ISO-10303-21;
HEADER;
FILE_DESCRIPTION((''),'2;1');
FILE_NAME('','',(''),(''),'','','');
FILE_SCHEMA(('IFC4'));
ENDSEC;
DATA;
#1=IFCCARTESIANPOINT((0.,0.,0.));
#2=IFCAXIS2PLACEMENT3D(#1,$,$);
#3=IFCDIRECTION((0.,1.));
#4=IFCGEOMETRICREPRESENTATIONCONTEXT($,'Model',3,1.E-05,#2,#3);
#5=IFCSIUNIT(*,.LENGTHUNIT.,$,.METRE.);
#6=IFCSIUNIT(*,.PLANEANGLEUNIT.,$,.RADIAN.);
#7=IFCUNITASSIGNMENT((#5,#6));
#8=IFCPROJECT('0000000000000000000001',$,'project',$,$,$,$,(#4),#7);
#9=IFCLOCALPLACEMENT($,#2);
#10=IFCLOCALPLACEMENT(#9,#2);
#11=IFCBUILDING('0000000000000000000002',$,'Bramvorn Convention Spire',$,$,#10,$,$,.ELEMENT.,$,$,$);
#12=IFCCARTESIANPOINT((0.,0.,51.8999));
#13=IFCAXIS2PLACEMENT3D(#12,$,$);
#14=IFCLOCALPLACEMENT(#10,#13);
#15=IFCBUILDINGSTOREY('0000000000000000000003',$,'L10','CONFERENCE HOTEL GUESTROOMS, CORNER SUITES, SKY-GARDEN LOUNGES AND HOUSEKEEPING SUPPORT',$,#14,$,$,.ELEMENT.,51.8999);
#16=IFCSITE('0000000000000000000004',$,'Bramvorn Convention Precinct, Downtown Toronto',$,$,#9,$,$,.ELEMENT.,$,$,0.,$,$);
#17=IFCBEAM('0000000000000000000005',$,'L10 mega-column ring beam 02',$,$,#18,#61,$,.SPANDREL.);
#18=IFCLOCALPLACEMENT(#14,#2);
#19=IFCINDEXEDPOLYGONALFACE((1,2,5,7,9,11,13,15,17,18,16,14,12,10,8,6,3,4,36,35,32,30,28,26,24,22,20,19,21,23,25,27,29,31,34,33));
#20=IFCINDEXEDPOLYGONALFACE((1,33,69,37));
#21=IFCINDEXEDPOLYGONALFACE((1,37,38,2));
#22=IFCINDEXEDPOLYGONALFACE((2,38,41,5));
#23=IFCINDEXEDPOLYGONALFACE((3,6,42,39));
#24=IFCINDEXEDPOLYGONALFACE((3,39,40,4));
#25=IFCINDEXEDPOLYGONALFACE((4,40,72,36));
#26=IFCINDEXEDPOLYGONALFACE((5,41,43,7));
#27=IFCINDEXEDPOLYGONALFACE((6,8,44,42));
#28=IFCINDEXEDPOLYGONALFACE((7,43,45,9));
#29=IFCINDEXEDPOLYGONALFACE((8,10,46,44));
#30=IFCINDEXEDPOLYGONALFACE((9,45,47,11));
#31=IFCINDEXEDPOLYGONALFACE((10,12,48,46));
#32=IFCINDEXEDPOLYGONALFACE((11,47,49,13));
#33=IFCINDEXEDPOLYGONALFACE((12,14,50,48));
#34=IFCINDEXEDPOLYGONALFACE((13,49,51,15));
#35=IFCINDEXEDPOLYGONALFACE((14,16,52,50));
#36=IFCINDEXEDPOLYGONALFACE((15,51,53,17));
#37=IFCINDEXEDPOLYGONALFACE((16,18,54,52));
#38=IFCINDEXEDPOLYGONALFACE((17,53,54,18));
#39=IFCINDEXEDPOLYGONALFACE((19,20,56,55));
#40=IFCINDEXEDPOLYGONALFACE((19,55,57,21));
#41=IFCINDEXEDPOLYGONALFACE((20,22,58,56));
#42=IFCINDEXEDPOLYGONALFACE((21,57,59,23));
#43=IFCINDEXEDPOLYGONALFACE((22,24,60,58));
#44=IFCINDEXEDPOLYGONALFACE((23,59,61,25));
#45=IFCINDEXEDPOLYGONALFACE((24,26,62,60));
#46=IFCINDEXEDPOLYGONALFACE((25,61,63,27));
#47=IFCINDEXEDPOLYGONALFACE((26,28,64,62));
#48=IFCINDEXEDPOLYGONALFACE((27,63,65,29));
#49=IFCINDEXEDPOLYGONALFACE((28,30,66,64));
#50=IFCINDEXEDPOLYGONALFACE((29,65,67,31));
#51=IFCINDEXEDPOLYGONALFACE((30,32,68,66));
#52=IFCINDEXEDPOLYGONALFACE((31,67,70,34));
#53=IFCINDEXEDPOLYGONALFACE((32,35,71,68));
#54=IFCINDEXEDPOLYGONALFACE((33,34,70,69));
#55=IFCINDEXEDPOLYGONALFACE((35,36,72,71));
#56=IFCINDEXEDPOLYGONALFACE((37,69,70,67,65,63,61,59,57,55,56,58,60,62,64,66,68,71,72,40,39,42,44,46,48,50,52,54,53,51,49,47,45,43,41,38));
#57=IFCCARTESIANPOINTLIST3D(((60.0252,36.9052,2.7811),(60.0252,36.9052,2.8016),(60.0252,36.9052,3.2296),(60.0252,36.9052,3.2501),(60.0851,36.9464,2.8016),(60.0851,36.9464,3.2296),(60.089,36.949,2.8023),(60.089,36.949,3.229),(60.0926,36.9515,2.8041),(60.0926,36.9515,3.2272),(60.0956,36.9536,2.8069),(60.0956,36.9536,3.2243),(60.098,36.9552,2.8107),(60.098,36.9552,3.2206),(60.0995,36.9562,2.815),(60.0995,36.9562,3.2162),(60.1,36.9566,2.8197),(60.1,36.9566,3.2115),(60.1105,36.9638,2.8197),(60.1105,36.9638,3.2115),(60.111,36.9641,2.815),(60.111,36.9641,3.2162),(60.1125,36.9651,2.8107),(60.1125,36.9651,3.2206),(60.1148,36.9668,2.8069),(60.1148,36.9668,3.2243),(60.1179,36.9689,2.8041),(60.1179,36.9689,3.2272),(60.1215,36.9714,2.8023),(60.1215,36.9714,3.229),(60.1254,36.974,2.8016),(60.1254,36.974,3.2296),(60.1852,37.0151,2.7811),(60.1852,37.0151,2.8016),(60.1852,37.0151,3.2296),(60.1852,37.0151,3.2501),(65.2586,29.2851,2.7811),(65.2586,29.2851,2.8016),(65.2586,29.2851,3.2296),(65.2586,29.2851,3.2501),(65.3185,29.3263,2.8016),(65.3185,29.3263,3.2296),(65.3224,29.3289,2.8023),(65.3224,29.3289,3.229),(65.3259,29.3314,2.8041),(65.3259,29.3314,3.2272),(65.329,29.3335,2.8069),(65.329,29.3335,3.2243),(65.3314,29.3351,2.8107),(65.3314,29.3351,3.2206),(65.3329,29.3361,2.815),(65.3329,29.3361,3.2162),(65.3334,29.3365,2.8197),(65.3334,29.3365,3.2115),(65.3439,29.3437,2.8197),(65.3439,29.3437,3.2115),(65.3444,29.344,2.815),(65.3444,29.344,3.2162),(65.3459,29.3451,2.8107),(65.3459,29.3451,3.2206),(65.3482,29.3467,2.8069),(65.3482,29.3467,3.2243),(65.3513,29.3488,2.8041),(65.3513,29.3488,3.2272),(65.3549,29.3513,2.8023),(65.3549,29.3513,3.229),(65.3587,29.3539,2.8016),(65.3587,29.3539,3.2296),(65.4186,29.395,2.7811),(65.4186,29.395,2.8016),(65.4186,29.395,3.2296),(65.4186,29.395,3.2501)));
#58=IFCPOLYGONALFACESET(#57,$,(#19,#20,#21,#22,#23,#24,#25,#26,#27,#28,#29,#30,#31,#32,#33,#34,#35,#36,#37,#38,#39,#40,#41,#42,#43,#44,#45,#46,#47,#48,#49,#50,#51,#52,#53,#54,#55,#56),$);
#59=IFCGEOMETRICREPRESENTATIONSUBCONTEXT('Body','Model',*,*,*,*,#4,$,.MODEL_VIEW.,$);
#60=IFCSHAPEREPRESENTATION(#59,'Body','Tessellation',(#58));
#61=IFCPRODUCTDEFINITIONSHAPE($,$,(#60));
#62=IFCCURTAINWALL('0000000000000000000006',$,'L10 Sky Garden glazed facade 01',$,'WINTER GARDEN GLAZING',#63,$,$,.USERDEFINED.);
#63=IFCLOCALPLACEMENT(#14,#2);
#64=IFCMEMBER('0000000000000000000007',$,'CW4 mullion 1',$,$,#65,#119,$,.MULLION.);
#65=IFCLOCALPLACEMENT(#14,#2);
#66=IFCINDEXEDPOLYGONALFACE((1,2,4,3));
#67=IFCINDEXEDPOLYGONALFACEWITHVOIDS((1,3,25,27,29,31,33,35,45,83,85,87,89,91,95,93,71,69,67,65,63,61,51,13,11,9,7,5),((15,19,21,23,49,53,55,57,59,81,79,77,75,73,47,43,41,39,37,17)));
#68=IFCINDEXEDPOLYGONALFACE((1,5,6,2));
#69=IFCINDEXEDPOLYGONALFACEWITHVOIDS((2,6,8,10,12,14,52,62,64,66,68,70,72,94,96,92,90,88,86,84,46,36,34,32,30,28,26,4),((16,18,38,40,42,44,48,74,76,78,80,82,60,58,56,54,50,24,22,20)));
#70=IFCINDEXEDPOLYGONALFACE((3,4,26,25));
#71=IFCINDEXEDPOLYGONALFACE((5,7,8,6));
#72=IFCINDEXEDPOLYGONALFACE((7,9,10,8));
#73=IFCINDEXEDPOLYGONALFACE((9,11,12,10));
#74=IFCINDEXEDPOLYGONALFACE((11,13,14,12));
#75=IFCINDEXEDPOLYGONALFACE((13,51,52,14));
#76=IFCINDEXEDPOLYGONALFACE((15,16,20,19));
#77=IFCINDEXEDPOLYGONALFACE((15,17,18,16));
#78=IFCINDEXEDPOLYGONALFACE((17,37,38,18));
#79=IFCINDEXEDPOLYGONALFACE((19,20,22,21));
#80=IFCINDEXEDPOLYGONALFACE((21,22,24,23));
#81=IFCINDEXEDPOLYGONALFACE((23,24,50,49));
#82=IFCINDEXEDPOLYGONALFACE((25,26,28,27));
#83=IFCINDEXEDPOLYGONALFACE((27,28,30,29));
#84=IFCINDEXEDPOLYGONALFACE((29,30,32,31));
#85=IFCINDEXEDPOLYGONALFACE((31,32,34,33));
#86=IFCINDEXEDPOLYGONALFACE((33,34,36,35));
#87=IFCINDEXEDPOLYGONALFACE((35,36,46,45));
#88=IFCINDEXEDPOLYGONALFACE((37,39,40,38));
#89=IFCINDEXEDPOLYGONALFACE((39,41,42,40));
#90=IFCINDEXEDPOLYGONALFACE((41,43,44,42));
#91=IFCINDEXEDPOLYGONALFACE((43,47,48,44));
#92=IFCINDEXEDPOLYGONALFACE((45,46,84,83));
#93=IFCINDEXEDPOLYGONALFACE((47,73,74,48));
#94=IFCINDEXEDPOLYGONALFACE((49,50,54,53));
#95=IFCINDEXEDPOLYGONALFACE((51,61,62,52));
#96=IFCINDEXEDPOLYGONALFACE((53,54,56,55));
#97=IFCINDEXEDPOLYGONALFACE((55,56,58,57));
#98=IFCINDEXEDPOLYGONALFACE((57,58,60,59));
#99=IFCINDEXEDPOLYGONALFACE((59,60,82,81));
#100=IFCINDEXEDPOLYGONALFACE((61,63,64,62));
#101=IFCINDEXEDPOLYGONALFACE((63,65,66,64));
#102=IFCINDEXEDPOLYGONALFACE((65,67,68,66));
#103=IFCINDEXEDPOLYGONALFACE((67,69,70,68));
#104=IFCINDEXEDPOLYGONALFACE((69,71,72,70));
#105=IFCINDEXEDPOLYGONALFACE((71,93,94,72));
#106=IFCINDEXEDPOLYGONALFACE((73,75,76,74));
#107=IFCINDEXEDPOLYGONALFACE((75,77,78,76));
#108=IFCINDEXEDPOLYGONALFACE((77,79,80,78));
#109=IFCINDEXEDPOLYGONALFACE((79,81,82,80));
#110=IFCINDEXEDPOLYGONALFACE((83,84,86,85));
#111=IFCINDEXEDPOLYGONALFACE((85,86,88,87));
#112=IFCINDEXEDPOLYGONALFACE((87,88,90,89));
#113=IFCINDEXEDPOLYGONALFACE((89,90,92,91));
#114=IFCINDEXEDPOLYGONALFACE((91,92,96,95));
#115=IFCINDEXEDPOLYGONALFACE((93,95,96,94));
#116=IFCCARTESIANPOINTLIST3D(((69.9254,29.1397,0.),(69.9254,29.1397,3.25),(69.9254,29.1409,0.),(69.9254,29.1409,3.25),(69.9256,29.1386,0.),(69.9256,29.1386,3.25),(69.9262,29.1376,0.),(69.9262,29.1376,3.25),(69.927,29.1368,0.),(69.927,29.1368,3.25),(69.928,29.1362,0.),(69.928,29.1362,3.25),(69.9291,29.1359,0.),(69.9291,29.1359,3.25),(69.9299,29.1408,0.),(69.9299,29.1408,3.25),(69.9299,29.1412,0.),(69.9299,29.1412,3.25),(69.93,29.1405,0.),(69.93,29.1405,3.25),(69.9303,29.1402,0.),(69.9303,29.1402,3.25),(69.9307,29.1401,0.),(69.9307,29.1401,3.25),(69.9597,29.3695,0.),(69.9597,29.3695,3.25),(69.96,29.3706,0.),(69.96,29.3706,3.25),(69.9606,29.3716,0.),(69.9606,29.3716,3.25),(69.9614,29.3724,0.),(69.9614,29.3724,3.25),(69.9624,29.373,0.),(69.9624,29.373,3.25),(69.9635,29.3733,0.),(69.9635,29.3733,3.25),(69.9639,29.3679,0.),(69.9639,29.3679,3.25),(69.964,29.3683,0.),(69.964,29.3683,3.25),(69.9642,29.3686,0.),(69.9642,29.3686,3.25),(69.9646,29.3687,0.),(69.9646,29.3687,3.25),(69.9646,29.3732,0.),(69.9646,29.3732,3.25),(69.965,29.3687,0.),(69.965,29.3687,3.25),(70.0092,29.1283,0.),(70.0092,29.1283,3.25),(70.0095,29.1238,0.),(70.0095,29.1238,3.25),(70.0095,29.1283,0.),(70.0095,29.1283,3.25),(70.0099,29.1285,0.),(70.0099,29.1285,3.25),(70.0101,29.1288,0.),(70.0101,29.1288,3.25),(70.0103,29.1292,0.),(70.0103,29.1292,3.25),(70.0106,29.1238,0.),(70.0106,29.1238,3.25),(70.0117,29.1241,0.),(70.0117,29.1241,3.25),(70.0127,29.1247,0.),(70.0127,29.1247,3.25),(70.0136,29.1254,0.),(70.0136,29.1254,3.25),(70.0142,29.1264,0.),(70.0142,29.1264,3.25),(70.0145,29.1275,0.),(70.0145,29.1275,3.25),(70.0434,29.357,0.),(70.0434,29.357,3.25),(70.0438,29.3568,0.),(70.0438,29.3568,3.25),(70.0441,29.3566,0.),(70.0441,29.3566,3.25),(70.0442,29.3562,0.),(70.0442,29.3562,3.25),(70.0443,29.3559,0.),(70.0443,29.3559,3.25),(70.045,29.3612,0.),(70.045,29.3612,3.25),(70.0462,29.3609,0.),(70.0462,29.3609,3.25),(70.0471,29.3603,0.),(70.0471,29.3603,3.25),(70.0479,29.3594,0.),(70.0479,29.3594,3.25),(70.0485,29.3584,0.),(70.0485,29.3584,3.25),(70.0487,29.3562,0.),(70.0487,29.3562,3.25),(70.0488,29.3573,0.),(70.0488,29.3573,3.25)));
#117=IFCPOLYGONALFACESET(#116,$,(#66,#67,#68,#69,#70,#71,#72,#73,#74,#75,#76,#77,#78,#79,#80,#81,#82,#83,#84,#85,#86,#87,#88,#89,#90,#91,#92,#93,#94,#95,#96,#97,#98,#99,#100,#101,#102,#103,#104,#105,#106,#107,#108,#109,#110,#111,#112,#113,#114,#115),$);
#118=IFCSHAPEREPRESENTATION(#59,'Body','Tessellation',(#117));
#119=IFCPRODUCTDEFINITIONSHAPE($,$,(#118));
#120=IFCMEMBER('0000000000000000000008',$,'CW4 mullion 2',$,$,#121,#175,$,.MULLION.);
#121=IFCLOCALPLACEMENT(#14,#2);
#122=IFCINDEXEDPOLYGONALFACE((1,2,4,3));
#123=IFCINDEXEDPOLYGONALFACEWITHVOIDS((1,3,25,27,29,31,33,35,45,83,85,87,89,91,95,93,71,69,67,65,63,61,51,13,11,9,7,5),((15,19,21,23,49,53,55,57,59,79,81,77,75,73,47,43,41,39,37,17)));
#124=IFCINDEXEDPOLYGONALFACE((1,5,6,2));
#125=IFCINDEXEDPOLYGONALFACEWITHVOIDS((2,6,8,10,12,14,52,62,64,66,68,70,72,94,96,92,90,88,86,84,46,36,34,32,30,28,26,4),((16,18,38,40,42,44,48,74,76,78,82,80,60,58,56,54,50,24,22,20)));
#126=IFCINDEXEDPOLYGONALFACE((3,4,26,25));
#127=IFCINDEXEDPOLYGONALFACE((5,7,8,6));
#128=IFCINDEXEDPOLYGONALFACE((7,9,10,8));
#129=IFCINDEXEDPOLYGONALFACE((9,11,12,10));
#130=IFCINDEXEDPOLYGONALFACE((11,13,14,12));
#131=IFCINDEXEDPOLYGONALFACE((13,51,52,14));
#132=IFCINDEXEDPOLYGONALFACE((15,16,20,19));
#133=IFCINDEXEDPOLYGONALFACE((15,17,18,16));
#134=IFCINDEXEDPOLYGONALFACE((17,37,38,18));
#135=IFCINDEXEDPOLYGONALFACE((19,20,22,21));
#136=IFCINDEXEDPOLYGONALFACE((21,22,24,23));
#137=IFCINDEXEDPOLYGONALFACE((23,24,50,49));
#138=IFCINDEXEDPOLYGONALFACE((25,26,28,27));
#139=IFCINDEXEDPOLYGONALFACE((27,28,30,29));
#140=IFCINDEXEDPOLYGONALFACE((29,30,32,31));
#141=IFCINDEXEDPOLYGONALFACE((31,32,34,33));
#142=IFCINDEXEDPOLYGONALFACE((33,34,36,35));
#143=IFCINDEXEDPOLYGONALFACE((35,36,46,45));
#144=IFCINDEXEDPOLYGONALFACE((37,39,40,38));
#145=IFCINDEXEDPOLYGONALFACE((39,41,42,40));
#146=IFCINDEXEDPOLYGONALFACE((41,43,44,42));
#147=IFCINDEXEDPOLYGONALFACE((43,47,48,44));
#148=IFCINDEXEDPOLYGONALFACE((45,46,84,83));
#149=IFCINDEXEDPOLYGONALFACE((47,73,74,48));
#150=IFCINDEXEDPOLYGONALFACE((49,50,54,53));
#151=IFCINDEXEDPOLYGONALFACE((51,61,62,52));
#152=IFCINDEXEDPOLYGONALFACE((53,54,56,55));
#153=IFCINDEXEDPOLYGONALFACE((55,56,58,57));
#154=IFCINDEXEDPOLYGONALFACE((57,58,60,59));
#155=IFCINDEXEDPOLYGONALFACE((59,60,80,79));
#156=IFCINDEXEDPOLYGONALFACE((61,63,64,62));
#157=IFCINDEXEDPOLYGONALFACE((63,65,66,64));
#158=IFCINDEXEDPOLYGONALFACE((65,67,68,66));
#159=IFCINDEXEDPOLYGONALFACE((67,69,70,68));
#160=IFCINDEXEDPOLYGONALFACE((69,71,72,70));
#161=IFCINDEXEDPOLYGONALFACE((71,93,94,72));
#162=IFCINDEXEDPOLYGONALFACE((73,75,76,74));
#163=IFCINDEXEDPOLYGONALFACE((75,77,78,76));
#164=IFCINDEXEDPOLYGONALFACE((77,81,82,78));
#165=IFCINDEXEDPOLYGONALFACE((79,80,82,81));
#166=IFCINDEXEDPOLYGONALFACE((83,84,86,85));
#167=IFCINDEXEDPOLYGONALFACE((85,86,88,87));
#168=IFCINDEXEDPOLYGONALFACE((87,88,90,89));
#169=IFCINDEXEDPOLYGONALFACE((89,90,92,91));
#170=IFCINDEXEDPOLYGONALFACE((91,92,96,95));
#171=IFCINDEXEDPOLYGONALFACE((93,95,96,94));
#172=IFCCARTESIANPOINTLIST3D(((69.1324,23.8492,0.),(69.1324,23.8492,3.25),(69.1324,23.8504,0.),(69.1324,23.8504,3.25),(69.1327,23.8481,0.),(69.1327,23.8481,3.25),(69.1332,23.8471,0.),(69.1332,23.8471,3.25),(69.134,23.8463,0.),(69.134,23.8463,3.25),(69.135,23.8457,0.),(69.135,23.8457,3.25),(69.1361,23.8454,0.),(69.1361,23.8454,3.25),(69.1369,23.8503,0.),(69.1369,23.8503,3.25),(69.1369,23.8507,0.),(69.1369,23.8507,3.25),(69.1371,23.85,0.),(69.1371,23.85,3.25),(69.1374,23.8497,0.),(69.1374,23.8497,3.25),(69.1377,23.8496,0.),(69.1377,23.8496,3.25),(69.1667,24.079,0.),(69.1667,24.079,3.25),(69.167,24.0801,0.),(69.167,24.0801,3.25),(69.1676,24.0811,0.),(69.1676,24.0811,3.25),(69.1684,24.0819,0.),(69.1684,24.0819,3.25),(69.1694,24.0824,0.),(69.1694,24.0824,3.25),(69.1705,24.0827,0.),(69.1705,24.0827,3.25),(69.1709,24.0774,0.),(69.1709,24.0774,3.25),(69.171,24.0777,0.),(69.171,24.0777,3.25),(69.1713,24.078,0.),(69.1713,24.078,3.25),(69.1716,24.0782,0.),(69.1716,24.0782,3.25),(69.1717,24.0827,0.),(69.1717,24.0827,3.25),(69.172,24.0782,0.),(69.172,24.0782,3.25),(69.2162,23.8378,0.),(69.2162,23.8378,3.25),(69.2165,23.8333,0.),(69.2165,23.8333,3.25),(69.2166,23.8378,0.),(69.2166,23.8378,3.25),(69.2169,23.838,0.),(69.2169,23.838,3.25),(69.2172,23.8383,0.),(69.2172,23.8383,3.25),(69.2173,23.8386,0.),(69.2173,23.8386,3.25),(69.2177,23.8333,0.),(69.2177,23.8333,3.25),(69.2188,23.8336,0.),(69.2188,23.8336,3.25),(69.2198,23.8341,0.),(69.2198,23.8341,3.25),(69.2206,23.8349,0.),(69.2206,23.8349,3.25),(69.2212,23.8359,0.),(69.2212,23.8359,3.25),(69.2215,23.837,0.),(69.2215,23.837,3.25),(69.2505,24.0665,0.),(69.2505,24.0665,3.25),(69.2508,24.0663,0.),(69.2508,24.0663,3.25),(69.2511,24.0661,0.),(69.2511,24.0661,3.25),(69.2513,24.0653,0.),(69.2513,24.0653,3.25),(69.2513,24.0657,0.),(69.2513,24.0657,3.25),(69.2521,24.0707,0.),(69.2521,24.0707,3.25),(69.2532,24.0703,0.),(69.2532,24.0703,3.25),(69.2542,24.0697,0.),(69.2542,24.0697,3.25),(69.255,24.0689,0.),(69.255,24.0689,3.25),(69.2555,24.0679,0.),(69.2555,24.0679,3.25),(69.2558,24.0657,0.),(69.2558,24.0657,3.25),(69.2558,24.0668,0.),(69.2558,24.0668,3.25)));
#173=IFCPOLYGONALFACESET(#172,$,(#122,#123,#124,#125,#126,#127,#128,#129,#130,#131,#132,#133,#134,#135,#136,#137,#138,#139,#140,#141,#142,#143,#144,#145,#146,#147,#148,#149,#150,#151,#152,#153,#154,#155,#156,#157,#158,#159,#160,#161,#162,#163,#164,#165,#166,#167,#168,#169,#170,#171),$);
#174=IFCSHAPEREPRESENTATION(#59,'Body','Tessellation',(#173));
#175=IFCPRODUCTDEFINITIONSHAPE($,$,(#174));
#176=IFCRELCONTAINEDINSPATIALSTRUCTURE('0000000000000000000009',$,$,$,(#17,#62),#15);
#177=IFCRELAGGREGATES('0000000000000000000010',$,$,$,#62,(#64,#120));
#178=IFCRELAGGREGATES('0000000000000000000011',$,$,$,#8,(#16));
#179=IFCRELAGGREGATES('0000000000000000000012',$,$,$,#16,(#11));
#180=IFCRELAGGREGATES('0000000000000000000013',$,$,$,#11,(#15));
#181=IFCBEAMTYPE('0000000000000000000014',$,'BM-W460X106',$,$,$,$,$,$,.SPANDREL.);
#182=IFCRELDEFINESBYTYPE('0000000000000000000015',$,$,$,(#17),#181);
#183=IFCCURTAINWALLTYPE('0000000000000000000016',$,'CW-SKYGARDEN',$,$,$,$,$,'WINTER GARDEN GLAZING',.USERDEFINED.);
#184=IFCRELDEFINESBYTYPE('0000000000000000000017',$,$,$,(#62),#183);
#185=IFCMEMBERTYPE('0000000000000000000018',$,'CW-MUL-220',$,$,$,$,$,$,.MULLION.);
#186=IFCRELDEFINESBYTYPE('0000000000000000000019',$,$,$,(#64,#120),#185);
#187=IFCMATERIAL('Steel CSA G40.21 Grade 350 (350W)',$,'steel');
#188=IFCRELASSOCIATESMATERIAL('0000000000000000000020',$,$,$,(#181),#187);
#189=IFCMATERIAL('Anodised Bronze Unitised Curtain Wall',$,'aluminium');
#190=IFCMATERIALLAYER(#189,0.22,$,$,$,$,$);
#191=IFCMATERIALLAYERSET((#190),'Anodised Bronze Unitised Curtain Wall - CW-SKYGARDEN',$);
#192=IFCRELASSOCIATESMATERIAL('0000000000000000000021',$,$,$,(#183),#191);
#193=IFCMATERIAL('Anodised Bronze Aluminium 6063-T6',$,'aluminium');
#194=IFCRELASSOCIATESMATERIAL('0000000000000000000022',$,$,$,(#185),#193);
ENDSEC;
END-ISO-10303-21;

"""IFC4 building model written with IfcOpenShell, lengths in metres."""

from ifc_helpers import new_model, si_unit, direction, frame, origin, origin_2d, place, context, subcontext, project, spatial, hollow_rectangle, i_section, extrude, material, layer, layer_set, material_profile, profile_set, type_object, element, aggregate, save


model = new_model("IFC4")

# Units and contexts
model_context = context("Model", 3, precision=1e-05, world=origin(), true_north=direction((0.0, 1.0)))
body_context = subcontext(model_context, "Body", "Model", "MODEL_VIEW")
ifc_project = project(units=[si_unit("LENGTHUNIT", "METRE"), si_unit("PLANEANGLEUNIT", "RADIAN")], contexts=[model_context])

# Site, building, storey
site_placement = place(None, origin())
site = spatial("IfcSite", under=ifc_project, at=site_placement, Name="Bramvorn Convention Precinct, Downtown Toronto", CompositionType="ELEMENT", RefElevation=0.0)
building_placement = place(site_placement, origin())
building = spatial("IfcBuilding", under=site, at=building_placement, Name="Bramvorn Convention Spire", CompositionType="ELEMENT")
storey_placement = place(building_placement, frame((0.0, 0.0, 51.8999)))
storey = spatial("IfcBuildingStorey", under=building, at=storey_placement, Name="L10", Description="CONFERENCE HOTEL GUESTROOMS, CORNER SUITES, SKY-GARDEN LOUNGES AND HOUSEKEEPING SUPPORT", CompositionType="ELEMENT", Elevation=51.8999)

# Shared definitions
ifc_material_1 = material(Name="Steel CSA G40.21 Grade 350 (350W)", Category="steel")

# Beam
ifc_material_profile_1 = material_profile(ifc_material_1, i_section(OverallWidth=0.1941, OverallDepth=0.469, WebThickness=0.0127, FlangeThickness=0.0205, FilletRadius=0.0181, at=origin_2d()))
ifc_profile_set_1 = profile_set([ifc_material_profile_1], Name="Steel CSA G40.21 Grade 350 (350W) - W460X106")
beam_type_1 = type_object("IfcBeamType", Name="BM-W460X106", PredefinedType="SPANDREL", material=ifc_profile_set_1)
beam_1_placement = place(storey_placement, frame((65.3386, 29.3401, 3.0156), z_axis=(-0.56613, 0.824316, 0.0), x_axis=(-0.824316, -0.56613, 0.0)))
element("IfcBeam", 1, at=beam_1_placement, inside=storey, type_object=beam_type_1, Name="L10 mega-column ring beam 02", PredefinedType="SPANDREL", context=body_context, shape_type="SweptSolid", body=[
    extrude(i_section(OverallWidth=0.1941, OverallDepth=0.469, WebThickness=0.0127, FlangeThickness=0.0205, FilletRadius=0.0181, at=origin_2d()), origin(), (0.0, 0.0, 1.0), 9.2441),
])

# Curtain wall, members
ifc_material_2 = material(Name="Anodised Bronze Unitised Curtain Wall", Category="aluminium")
ifc_layer_1 = layer(ifc_material_2, 0.22)
ifc_layer_set_1 = layer_set([ifc_layer_1], Name="Anodised Bronze Unitised Curtain Wall - CW-SKYGARDEN")
curtain_wall_type = type_object("IfcCurtainWallType", Name="CW-SKYGARDEN", ElementType="WINTER GARDEN GLAZING", PredefinedType="USERDEFINED", material=ifc_layer_set_1)
curtain_wall_1_placement = place(storey_placement, origin())
curtain_wall_1 = element("IfcCurtainWall", 2, at=curtain_wall_1_placement, inside=storey, type_object=curtain_wall_type, Name="L10 Sky Garden glazed facade 01", ObjectType="WINTER GARDEN GLAZING", PredefinedType="USERDEFINED")
ifc_material_3 = material(Name="Anodised Bronze Aluminium 6063-T6", Category="aluminium")
ifc_material_profile_2 = material_profile(ifc_material_3, hollow_rectangle(XDim=0.0901, YDim=0.24, WallThickness=0.0044, InnerFilletRadius=0.001, OuterFilletRadius=0.0044, at=origin_2d()))
ifc_profile_set_2 = profile_set([ifc_material_profile_2], Name="Anodised Bronze Aluminium 6063-T6 - CWM90X240")
member_type_1 = type_object("IfcMemberType", Name="CW-MUL-220", PredefinedType="MULLION", material=ifc_profile_set_2)
member_1_placement = place(storey_placement, frame((69.9871, 29.2485, 0.0), z_axis=(0.0, 0.0, 1.0), x_axis=(0.988951, -0.14824, 0.0)))
member_1 = element("IfcMember", 3, at=member_1_placement, type_object=member_type_1, Name="CW4 mullion 1", PredefinedType="MULLION", context=body_context, shape_type="SweptSolid", body=[
    extrude(hollow_rectangle(XDim=0.0901, YDim=0.24, WallThickness=0.0044, InnerFilletRadius=0.001, OuterFilletRadius=0.0044, at=origin_2d()), origin(), (0.0, 0.0, 1.0), 3.25),
])
member_2_placement = place(storey_placement, frame((69.1941, 23.958, 0.0), z_axis=(0.0, 0.0, 1.0), x_axis=(0.988951, -0.14824, 0.0)))
member_2 = element("IfcMember", 4, at=member_2_placement, type_object=member_type_1, Name="CW4 mullion 2", PredefinedType="MULLION", context=body_context, shape_type="SweptSolid", body=[
    extrude(hollow_rectangle(XDim=0.0901, YDim=0.24, WallThickness=0.0044, InnerFilletRadius=0.001, OuterFilletRadius=0.0044, at=origin_2d()), origin(), (0.0, 0.0, 1.0), 3.25),
])

aggregate(curtain_wall_1, [member_1, member_2])

save(model, "model.ifc")
